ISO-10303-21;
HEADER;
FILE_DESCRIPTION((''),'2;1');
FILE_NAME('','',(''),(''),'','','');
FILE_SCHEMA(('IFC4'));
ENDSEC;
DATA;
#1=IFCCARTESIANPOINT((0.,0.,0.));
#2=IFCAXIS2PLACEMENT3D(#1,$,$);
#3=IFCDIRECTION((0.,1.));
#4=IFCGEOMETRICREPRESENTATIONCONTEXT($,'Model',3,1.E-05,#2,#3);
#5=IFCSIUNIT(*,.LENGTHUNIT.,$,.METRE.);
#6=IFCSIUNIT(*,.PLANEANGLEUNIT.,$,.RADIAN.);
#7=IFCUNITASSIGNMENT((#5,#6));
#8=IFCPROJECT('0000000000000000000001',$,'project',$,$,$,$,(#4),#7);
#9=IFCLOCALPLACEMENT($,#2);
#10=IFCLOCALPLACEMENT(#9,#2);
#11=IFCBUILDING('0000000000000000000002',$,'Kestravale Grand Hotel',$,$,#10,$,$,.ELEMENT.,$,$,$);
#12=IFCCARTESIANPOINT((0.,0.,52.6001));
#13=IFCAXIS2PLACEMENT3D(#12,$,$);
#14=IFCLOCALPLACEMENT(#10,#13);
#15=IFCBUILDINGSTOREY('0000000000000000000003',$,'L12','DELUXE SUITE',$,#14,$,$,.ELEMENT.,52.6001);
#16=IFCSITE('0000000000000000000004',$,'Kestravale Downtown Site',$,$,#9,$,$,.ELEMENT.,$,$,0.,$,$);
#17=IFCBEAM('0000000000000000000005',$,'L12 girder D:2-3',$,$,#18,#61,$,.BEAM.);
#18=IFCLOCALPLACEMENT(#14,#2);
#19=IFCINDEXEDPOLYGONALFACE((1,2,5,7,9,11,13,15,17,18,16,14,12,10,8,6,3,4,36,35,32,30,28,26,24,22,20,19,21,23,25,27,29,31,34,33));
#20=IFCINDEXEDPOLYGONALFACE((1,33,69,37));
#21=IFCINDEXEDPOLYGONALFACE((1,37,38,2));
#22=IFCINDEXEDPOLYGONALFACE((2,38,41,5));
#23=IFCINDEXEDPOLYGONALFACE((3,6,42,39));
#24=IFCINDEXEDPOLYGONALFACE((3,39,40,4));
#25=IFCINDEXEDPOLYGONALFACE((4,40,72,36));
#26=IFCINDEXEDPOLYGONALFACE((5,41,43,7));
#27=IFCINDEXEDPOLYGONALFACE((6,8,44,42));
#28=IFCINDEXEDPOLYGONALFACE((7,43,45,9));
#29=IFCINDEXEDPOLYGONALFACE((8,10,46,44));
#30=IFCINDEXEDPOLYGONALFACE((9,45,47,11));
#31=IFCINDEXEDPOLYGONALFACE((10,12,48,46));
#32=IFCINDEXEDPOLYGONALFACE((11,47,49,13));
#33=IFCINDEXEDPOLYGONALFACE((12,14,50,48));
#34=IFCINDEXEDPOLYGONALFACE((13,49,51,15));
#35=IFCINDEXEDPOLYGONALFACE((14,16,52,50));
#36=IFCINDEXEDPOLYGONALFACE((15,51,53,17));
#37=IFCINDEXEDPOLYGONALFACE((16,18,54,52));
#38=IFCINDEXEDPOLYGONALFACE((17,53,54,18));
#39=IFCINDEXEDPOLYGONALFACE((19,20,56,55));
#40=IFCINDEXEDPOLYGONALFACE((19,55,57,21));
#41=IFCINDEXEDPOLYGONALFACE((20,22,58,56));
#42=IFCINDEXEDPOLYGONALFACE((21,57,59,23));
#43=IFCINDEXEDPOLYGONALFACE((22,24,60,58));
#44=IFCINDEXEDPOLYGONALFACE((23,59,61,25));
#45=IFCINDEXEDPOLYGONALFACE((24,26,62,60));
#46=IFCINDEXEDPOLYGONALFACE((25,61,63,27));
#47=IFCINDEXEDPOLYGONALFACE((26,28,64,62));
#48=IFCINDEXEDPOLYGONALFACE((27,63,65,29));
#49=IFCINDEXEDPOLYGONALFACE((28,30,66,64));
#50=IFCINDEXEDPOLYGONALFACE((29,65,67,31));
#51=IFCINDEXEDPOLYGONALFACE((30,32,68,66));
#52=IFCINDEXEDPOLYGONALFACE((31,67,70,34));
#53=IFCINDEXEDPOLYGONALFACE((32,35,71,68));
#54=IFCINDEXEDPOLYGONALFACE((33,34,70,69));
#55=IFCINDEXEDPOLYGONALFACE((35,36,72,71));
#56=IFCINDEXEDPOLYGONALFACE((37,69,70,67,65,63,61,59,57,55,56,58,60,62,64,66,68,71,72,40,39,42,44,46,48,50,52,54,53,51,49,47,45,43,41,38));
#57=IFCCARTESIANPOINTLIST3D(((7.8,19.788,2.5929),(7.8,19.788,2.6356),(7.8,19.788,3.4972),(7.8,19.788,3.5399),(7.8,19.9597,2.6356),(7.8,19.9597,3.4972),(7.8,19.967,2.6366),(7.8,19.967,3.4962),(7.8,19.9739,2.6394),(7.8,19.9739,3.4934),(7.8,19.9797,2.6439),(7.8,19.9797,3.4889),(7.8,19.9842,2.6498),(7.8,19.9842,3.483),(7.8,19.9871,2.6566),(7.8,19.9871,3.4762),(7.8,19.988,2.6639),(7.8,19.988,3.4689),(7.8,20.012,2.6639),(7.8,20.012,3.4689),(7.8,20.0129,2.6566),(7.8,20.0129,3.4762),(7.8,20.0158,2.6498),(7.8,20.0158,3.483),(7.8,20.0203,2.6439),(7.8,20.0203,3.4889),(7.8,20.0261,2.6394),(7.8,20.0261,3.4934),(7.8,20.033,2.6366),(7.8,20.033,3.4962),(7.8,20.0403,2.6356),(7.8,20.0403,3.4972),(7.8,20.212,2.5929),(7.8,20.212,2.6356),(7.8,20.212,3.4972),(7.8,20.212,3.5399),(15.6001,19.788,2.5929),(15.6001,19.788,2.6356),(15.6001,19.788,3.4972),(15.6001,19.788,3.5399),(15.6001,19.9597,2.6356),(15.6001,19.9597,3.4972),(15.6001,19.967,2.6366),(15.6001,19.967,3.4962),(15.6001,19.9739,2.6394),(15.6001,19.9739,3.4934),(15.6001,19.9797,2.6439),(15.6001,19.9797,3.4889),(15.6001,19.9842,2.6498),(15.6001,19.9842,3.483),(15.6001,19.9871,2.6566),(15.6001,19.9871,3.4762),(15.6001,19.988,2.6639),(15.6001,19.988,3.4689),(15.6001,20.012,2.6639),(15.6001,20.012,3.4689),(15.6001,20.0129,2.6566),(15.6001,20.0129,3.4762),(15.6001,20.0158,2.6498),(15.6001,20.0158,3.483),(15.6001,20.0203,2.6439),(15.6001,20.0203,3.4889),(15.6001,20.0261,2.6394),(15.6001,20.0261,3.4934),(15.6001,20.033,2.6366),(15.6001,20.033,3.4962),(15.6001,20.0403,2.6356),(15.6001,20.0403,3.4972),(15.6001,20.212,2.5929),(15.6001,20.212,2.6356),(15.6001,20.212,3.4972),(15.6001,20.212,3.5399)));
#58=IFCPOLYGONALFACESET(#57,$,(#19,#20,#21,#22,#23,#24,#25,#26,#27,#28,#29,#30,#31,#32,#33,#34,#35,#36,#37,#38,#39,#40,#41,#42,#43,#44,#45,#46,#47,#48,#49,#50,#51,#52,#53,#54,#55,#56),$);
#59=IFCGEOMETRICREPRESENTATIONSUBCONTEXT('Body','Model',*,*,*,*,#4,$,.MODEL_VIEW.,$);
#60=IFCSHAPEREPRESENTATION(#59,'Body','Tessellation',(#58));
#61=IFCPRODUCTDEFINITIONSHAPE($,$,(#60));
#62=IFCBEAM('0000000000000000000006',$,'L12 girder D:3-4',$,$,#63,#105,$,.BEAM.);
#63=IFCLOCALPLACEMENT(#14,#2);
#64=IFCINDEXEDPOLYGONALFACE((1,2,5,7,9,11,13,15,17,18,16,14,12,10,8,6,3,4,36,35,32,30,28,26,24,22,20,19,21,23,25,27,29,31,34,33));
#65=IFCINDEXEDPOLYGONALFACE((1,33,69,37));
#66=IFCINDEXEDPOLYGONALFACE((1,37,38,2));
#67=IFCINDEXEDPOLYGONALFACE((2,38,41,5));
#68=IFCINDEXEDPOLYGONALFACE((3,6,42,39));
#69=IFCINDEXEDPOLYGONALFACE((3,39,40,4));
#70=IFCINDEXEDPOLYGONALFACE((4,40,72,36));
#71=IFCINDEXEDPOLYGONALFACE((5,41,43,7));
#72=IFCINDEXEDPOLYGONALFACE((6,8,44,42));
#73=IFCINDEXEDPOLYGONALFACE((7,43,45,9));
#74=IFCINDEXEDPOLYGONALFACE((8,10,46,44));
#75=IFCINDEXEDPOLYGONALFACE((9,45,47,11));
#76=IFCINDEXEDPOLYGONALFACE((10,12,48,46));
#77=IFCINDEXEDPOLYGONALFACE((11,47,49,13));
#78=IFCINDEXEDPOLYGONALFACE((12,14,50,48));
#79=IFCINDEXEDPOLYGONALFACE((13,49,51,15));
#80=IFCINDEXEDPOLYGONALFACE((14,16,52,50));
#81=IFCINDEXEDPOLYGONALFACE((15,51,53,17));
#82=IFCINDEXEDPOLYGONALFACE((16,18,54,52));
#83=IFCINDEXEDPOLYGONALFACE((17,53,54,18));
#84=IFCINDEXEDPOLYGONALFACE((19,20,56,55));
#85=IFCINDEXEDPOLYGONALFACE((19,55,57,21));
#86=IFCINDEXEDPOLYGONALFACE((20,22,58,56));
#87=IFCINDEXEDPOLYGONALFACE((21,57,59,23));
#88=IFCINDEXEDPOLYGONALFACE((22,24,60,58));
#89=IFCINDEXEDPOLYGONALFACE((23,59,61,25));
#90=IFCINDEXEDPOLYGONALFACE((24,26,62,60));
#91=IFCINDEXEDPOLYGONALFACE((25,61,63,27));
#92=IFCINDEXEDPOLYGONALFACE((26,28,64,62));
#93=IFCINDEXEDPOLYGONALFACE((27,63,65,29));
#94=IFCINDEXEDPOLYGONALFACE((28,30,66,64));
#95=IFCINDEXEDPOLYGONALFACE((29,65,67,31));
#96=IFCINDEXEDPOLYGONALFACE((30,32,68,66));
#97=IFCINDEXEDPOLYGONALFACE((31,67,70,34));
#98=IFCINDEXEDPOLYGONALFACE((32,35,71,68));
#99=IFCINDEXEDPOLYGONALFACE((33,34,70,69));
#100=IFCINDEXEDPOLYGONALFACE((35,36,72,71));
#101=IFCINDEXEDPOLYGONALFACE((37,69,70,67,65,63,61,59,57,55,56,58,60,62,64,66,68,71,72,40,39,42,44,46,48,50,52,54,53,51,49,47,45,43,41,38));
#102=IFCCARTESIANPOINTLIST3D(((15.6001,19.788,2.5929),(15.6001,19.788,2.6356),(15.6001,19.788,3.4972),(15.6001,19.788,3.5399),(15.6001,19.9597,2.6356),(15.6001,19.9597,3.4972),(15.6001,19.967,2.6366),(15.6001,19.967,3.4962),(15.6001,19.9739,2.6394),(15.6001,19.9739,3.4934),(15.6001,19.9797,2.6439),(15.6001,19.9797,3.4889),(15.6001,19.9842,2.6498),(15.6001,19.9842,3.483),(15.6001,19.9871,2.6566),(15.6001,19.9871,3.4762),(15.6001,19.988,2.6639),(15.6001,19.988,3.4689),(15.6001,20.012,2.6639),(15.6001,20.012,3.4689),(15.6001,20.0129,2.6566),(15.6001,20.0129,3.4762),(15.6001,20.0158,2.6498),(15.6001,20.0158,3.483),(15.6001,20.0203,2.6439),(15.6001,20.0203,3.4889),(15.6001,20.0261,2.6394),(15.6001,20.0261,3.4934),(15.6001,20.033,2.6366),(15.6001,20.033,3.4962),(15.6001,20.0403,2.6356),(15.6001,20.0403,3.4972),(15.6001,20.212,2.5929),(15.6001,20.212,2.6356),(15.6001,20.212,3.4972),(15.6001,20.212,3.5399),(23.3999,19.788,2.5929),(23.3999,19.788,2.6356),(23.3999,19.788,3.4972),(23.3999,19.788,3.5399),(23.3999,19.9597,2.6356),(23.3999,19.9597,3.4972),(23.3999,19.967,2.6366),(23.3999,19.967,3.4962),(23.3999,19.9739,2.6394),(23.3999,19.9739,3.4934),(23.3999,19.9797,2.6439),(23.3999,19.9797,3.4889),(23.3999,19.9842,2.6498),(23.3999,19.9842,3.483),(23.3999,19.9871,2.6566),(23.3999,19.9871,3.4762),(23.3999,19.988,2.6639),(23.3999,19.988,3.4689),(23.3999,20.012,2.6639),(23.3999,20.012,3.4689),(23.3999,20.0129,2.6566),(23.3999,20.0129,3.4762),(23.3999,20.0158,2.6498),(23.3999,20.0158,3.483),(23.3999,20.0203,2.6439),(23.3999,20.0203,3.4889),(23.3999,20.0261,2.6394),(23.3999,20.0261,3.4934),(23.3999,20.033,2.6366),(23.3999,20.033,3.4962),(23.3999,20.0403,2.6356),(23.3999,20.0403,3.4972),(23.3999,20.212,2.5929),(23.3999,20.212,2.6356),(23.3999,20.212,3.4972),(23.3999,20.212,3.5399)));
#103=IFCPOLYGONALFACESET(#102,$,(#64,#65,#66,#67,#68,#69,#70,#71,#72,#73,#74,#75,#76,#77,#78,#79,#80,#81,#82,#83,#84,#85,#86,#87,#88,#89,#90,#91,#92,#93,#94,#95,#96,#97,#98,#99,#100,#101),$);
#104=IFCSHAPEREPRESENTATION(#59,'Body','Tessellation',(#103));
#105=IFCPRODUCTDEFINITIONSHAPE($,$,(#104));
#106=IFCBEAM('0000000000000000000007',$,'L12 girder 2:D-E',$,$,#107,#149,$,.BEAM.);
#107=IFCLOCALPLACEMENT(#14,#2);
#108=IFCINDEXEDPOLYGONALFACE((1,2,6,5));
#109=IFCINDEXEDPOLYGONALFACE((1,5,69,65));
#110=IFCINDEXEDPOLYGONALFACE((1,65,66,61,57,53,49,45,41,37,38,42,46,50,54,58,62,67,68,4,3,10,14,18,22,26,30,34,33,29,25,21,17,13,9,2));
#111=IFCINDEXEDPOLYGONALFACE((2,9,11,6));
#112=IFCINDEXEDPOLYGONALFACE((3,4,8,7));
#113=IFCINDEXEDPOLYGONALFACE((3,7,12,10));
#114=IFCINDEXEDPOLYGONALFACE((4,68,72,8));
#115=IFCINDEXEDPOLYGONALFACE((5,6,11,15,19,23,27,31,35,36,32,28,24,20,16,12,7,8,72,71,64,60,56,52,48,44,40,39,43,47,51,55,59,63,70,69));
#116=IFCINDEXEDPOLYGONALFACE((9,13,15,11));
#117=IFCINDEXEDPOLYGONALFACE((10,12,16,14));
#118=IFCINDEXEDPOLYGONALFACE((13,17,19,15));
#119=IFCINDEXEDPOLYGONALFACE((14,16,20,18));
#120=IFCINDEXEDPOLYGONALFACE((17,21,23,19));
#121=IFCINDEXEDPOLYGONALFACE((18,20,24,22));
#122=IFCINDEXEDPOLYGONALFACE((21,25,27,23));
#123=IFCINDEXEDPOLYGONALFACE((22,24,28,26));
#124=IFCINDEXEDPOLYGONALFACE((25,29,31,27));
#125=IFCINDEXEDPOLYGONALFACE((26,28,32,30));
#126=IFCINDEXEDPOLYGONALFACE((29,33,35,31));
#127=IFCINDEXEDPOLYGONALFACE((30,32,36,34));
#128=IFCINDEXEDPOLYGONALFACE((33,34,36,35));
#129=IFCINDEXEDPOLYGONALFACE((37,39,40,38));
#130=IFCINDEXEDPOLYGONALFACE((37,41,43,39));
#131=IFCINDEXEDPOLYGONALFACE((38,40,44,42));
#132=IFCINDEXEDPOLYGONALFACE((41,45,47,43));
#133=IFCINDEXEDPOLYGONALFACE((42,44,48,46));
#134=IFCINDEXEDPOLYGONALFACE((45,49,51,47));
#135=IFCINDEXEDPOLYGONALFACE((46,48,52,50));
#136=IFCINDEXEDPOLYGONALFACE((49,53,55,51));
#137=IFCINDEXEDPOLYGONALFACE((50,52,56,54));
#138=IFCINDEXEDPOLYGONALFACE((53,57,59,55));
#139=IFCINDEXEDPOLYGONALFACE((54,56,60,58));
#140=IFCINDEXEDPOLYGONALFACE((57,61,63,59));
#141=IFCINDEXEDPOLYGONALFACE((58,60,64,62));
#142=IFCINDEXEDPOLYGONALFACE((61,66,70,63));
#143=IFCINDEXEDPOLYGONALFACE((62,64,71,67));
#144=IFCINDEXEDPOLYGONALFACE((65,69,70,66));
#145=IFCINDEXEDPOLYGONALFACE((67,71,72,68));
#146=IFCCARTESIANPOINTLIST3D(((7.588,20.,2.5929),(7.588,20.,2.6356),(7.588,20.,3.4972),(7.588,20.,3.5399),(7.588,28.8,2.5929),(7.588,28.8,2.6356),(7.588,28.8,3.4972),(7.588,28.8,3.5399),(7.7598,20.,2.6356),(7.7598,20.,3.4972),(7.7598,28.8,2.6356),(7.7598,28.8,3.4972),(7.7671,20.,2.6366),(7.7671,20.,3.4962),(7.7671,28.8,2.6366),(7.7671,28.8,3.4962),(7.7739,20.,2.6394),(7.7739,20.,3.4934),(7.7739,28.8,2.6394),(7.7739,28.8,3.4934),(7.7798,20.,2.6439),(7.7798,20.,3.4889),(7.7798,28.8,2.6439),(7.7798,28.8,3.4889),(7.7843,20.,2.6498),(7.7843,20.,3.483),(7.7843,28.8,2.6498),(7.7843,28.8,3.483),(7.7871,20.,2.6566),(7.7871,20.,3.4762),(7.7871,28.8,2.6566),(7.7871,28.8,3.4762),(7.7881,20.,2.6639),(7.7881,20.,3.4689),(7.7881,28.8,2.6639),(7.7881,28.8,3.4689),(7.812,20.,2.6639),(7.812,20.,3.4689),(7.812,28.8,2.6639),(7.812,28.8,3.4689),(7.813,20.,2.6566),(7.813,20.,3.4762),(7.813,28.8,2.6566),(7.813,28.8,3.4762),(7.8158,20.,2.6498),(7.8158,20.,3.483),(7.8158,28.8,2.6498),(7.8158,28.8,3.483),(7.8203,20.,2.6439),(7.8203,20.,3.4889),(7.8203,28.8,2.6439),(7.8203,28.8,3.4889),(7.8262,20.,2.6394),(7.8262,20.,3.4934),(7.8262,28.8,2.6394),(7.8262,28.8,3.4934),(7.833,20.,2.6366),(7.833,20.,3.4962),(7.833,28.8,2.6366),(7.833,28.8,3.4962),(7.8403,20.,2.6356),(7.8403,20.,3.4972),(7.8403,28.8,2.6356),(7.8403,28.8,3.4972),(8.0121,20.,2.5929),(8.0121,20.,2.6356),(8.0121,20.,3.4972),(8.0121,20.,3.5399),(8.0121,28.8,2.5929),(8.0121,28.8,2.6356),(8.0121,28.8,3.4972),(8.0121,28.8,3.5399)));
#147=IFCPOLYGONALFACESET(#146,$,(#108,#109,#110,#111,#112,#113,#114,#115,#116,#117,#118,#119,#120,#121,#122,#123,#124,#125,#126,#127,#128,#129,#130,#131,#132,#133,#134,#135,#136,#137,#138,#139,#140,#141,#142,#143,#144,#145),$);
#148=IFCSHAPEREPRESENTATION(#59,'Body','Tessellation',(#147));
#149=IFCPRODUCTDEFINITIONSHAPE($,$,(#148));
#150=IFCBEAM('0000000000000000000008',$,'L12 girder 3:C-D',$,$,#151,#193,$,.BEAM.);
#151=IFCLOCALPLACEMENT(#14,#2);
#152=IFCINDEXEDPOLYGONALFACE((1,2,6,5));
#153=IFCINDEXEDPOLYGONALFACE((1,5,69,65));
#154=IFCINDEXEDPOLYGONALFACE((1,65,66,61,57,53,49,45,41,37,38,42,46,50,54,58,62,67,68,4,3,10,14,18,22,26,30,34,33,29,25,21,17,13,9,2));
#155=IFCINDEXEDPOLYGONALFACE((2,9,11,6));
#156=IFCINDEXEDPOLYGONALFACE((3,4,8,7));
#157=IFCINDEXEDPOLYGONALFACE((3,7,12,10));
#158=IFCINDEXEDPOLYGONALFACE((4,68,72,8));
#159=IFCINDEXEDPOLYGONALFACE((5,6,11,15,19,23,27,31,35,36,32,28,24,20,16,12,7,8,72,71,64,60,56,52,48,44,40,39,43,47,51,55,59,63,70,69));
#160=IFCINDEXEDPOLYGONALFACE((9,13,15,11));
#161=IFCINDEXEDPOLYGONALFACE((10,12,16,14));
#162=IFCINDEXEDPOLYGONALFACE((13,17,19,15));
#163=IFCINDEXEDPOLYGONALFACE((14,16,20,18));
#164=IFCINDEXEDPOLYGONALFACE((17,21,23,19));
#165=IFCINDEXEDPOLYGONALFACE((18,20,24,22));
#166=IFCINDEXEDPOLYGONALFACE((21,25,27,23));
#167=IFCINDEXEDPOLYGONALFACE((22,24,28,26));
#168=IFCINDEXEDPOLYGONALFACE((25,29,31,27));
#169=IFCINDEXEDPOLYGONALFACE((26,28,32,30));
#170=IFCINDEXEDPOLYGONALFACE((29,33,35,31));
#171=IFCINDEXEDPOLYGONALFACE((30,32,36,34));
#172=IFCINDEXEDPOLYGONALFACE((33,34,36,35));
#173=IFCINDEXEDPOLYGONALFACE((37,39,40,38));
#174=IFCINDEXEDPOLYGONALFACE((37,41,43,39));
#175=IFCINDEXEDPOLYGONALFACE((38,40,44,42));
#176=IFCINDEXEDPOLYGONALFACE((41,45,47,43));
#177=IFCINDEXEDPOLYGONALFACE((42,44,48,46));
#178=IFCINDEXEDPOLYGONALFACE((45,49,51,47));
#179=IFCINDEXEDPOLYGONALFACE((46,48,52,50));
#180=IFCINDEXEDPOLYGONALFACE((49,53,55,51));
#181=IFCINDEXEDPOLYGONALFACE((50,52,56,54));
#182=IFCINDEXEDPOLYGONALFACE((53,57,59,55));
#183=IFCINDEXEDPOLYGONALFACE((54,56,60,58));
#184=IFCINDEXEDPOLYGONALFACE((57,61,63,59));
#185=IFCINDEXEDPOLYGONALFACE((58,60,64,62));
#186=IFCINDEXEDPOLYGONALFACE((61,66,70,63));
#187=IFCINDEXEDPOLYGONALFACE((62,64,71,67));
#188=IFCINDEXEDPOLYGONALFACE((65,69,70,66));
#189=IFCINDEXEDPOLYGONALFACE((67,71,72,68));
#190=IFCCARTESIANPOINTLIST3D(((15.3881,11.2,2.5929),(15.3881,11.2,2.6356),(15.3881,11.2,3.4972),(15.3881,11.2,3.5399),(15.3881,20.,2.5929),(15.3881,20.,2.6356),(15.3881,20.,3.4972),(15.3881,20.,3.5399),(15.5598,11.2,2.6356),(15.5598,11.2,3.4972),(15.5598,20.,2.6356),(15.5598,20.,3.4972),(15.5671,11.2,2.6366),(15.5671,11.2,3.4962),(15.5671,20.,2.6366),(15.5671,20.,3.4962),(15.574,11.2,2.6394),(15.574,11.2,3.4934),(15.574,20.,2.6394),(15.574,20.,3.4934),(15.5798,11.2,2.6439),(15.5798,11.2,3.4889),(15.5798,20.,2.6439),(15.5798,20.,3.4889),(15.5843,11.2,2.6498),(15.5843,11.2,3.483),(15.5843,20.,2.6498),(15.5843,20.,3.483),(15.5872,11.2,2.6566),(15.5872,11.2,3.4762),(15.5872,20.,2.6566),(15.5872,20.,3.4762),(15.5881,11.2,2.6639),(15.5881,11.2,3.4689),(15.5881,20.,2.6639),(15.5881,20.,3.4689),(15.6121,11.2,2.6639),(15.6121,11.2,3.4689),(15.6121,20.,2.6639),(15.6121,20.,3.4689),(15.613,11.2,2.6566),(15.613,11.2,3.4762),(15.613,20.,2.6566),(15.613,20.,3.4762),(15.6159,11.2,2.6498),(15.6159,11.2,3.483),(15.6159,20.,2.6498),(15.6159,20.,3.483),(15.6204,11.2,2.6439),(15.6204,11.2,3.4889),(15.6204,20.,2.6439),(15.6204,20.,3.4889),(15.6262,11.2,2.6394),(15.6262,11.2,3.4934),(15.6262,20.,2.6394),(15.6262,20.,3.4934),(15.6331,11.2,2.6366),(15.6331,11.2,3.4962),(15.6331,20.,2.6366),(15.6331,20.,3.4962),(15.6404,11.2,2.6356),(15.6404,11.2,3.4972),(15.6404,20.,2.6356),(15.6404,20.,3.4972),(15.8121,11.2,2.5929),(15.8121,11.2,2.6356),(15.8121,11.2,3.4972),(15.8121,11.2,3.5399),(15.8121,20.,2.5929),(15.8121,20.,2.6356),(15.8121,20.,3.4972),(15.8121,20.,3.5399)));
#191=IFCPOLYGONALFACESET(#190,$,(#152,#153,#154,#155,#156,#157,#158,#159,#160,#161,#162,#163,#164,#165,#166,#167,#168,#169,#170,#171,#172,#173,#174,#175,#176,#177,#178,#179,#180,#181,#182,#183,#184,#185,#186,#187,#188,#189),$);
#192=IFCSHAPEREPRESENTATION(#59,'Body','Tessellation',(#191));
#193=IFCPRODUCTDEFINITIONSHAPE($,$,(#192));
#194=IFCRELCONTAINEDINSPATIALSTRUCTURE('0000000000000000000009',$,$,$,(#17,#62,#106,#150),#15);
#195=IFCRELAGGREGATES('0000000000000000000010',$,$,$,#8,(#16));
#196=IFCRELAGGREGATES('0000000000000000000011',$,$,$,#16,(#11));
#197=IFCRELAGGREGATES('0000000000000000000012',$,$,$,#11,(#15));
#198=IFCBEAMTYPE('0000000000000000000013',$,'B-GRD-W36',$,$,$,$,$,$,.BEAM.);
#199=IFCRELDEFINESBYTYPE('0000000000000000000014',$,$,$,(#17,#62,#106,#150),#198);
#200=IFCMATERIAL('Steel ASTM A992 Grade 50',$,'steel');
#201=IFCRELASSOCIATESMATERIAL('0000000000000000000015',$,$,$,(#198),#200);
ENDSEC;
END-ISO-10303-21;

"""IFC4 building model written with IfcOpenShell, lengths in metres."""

from ifc_helpers import new_model, si_unit, direction, frame, origin, origin_2d, place, context, subcontext, project, spatial, i_section, extrude, material, material_profile, profile_set, type_object, element, save


model = new_model("IFC4")

# Units and contexts
model_context = context("Model", 3, precision=1e-05, world=origin(), true_north=direction((0.0, 1.0)))
body_context = subcontext(model_context, "Body", "Model", "MODEL_VIEW")
ifc_project = project(units=[si_unit("LENGTHUNIT", "METRE"), si_unit("PLANEANGLEUNIT", "RADIAN")], contexts=[model_context])

# Site, building, storey
site_placement = place(None, origin())
site = spatial("IfcSite", under=ifc_project, at=site_placement, Name="Kestravale Downtown Site", CompositionType="ELEMENT", RefElevation=0.0)
building_placement = place(site_placement, origin())
building = spatial("IfcBuilding", under=site, at=building_placement, Name="Kestravale Grand Hotel", CompositionType="ELEMENT")
storey_placement = place(building_placement, frame((0.0, 0.0, 52.6001)))
storey = spatial("IfcBuildingStorey", under=building, at=storey_placement, Name="L12", Description="DELUXE SUITE", CompositionType="ELEMENT", Elevation=52.6001)

# Beams
ifc_material_1 = material(Name="Steel ASTM A992 Grade 50", Category="steel")
ifc_material_profile_1 = material_profile(ifc_material_1, i_section(OverallWidth=0.4241, OverallDepth=0.947, WebThickness=0.0239, FlangeThickness=0.0427, FilletRadius=0.0283, at=origin_2d()))
ifc_profile_set_1 = profile_set([ifc_material_profile_1], Name="Steel ASTM A992 Grade 50")
beam_type_1 = type_object("IfcBeamType", Name="B-GRD-W36", PredefinedType="BEAM", material=ifc_profile_set_1)
beam_1_placement = place(storey_placement, frame((7.8, 20.0, 3.0664), z_axis=(1.0, 0.0, 0.0), x_axis=(0.0, 1.0, 0.0)))
element("IfcBeam", 1, at=beam_1_placement, inside=storey, type_object=beam_type_1, Name="L12 girder D:2-3", PredefinedType="BEAM", context=body_context, shape_type="SweptSolid", body=[
    extrude(i_section(OverallWidth=0.4241, OverallDepth=0.947, WebThickness=0.0239, FlangeThickness=0.0427, FilletRadius=0.0283, at=origin_2d()), origin(), (0.0, 0.0, 1.0), 7.8),
])
beam_2_placement = place(storey_placement, frame((15.6001, 20.0, 3.0664), z_axis=(1.0, 0.0, 0.0), x_axis=(0.0, 1.0, 0.0)))
element("IfcBeam", 2, at=beam_2_placement, inside=storey, type_object=beam_type_1, Name="L12 girder D:3-4", PredefinedType="BEAM", context=body_context, shape_type="SweptSolid", body=[
    extrude(i_section(OverallWidth=0.4241, OverallDepth=0.947, WebThickness=0.0239, FlangeThickness=0.0427, FilletRadius=0.0283, at=origin_2d()), origin(), (0.0, 0.0, 1.0), 7.7998),
])
for number, where, z_axis, x_axis, name in (
    (3, (7.8, 20.0, 3.0664), (0.0, 1.0, 0.0), (-1.0, 0.0, 0.0), "L12 girder 2:D-E"),
    (4, (15.6001, 11.2, 3.0664), (0.0, 1.0, 0.0), (-1.0, 0.0, 0.0), "L12 girder 3:C-D"),
):
    element("IfcBeam", number, at=place(storey_placement, frame(where, z_axis=z_axis, x_axis=x_axis)), inside=storey, type_object=beam_type_1, Name=name, PredefinedType="BEAM", context=body_context, shape_type="SweptSolid", body=[
        extrude(i_section(OverallWidth=0.4241, OverallDepth=0.947, WebThickness=0.0239, FlangeThickness=0.0427, FilletRadius=0.0283, at=origin_2d()), origin(), (0.0, 0.0, 1.0), 8.8),
    ])

save(model, "model.ifc")
